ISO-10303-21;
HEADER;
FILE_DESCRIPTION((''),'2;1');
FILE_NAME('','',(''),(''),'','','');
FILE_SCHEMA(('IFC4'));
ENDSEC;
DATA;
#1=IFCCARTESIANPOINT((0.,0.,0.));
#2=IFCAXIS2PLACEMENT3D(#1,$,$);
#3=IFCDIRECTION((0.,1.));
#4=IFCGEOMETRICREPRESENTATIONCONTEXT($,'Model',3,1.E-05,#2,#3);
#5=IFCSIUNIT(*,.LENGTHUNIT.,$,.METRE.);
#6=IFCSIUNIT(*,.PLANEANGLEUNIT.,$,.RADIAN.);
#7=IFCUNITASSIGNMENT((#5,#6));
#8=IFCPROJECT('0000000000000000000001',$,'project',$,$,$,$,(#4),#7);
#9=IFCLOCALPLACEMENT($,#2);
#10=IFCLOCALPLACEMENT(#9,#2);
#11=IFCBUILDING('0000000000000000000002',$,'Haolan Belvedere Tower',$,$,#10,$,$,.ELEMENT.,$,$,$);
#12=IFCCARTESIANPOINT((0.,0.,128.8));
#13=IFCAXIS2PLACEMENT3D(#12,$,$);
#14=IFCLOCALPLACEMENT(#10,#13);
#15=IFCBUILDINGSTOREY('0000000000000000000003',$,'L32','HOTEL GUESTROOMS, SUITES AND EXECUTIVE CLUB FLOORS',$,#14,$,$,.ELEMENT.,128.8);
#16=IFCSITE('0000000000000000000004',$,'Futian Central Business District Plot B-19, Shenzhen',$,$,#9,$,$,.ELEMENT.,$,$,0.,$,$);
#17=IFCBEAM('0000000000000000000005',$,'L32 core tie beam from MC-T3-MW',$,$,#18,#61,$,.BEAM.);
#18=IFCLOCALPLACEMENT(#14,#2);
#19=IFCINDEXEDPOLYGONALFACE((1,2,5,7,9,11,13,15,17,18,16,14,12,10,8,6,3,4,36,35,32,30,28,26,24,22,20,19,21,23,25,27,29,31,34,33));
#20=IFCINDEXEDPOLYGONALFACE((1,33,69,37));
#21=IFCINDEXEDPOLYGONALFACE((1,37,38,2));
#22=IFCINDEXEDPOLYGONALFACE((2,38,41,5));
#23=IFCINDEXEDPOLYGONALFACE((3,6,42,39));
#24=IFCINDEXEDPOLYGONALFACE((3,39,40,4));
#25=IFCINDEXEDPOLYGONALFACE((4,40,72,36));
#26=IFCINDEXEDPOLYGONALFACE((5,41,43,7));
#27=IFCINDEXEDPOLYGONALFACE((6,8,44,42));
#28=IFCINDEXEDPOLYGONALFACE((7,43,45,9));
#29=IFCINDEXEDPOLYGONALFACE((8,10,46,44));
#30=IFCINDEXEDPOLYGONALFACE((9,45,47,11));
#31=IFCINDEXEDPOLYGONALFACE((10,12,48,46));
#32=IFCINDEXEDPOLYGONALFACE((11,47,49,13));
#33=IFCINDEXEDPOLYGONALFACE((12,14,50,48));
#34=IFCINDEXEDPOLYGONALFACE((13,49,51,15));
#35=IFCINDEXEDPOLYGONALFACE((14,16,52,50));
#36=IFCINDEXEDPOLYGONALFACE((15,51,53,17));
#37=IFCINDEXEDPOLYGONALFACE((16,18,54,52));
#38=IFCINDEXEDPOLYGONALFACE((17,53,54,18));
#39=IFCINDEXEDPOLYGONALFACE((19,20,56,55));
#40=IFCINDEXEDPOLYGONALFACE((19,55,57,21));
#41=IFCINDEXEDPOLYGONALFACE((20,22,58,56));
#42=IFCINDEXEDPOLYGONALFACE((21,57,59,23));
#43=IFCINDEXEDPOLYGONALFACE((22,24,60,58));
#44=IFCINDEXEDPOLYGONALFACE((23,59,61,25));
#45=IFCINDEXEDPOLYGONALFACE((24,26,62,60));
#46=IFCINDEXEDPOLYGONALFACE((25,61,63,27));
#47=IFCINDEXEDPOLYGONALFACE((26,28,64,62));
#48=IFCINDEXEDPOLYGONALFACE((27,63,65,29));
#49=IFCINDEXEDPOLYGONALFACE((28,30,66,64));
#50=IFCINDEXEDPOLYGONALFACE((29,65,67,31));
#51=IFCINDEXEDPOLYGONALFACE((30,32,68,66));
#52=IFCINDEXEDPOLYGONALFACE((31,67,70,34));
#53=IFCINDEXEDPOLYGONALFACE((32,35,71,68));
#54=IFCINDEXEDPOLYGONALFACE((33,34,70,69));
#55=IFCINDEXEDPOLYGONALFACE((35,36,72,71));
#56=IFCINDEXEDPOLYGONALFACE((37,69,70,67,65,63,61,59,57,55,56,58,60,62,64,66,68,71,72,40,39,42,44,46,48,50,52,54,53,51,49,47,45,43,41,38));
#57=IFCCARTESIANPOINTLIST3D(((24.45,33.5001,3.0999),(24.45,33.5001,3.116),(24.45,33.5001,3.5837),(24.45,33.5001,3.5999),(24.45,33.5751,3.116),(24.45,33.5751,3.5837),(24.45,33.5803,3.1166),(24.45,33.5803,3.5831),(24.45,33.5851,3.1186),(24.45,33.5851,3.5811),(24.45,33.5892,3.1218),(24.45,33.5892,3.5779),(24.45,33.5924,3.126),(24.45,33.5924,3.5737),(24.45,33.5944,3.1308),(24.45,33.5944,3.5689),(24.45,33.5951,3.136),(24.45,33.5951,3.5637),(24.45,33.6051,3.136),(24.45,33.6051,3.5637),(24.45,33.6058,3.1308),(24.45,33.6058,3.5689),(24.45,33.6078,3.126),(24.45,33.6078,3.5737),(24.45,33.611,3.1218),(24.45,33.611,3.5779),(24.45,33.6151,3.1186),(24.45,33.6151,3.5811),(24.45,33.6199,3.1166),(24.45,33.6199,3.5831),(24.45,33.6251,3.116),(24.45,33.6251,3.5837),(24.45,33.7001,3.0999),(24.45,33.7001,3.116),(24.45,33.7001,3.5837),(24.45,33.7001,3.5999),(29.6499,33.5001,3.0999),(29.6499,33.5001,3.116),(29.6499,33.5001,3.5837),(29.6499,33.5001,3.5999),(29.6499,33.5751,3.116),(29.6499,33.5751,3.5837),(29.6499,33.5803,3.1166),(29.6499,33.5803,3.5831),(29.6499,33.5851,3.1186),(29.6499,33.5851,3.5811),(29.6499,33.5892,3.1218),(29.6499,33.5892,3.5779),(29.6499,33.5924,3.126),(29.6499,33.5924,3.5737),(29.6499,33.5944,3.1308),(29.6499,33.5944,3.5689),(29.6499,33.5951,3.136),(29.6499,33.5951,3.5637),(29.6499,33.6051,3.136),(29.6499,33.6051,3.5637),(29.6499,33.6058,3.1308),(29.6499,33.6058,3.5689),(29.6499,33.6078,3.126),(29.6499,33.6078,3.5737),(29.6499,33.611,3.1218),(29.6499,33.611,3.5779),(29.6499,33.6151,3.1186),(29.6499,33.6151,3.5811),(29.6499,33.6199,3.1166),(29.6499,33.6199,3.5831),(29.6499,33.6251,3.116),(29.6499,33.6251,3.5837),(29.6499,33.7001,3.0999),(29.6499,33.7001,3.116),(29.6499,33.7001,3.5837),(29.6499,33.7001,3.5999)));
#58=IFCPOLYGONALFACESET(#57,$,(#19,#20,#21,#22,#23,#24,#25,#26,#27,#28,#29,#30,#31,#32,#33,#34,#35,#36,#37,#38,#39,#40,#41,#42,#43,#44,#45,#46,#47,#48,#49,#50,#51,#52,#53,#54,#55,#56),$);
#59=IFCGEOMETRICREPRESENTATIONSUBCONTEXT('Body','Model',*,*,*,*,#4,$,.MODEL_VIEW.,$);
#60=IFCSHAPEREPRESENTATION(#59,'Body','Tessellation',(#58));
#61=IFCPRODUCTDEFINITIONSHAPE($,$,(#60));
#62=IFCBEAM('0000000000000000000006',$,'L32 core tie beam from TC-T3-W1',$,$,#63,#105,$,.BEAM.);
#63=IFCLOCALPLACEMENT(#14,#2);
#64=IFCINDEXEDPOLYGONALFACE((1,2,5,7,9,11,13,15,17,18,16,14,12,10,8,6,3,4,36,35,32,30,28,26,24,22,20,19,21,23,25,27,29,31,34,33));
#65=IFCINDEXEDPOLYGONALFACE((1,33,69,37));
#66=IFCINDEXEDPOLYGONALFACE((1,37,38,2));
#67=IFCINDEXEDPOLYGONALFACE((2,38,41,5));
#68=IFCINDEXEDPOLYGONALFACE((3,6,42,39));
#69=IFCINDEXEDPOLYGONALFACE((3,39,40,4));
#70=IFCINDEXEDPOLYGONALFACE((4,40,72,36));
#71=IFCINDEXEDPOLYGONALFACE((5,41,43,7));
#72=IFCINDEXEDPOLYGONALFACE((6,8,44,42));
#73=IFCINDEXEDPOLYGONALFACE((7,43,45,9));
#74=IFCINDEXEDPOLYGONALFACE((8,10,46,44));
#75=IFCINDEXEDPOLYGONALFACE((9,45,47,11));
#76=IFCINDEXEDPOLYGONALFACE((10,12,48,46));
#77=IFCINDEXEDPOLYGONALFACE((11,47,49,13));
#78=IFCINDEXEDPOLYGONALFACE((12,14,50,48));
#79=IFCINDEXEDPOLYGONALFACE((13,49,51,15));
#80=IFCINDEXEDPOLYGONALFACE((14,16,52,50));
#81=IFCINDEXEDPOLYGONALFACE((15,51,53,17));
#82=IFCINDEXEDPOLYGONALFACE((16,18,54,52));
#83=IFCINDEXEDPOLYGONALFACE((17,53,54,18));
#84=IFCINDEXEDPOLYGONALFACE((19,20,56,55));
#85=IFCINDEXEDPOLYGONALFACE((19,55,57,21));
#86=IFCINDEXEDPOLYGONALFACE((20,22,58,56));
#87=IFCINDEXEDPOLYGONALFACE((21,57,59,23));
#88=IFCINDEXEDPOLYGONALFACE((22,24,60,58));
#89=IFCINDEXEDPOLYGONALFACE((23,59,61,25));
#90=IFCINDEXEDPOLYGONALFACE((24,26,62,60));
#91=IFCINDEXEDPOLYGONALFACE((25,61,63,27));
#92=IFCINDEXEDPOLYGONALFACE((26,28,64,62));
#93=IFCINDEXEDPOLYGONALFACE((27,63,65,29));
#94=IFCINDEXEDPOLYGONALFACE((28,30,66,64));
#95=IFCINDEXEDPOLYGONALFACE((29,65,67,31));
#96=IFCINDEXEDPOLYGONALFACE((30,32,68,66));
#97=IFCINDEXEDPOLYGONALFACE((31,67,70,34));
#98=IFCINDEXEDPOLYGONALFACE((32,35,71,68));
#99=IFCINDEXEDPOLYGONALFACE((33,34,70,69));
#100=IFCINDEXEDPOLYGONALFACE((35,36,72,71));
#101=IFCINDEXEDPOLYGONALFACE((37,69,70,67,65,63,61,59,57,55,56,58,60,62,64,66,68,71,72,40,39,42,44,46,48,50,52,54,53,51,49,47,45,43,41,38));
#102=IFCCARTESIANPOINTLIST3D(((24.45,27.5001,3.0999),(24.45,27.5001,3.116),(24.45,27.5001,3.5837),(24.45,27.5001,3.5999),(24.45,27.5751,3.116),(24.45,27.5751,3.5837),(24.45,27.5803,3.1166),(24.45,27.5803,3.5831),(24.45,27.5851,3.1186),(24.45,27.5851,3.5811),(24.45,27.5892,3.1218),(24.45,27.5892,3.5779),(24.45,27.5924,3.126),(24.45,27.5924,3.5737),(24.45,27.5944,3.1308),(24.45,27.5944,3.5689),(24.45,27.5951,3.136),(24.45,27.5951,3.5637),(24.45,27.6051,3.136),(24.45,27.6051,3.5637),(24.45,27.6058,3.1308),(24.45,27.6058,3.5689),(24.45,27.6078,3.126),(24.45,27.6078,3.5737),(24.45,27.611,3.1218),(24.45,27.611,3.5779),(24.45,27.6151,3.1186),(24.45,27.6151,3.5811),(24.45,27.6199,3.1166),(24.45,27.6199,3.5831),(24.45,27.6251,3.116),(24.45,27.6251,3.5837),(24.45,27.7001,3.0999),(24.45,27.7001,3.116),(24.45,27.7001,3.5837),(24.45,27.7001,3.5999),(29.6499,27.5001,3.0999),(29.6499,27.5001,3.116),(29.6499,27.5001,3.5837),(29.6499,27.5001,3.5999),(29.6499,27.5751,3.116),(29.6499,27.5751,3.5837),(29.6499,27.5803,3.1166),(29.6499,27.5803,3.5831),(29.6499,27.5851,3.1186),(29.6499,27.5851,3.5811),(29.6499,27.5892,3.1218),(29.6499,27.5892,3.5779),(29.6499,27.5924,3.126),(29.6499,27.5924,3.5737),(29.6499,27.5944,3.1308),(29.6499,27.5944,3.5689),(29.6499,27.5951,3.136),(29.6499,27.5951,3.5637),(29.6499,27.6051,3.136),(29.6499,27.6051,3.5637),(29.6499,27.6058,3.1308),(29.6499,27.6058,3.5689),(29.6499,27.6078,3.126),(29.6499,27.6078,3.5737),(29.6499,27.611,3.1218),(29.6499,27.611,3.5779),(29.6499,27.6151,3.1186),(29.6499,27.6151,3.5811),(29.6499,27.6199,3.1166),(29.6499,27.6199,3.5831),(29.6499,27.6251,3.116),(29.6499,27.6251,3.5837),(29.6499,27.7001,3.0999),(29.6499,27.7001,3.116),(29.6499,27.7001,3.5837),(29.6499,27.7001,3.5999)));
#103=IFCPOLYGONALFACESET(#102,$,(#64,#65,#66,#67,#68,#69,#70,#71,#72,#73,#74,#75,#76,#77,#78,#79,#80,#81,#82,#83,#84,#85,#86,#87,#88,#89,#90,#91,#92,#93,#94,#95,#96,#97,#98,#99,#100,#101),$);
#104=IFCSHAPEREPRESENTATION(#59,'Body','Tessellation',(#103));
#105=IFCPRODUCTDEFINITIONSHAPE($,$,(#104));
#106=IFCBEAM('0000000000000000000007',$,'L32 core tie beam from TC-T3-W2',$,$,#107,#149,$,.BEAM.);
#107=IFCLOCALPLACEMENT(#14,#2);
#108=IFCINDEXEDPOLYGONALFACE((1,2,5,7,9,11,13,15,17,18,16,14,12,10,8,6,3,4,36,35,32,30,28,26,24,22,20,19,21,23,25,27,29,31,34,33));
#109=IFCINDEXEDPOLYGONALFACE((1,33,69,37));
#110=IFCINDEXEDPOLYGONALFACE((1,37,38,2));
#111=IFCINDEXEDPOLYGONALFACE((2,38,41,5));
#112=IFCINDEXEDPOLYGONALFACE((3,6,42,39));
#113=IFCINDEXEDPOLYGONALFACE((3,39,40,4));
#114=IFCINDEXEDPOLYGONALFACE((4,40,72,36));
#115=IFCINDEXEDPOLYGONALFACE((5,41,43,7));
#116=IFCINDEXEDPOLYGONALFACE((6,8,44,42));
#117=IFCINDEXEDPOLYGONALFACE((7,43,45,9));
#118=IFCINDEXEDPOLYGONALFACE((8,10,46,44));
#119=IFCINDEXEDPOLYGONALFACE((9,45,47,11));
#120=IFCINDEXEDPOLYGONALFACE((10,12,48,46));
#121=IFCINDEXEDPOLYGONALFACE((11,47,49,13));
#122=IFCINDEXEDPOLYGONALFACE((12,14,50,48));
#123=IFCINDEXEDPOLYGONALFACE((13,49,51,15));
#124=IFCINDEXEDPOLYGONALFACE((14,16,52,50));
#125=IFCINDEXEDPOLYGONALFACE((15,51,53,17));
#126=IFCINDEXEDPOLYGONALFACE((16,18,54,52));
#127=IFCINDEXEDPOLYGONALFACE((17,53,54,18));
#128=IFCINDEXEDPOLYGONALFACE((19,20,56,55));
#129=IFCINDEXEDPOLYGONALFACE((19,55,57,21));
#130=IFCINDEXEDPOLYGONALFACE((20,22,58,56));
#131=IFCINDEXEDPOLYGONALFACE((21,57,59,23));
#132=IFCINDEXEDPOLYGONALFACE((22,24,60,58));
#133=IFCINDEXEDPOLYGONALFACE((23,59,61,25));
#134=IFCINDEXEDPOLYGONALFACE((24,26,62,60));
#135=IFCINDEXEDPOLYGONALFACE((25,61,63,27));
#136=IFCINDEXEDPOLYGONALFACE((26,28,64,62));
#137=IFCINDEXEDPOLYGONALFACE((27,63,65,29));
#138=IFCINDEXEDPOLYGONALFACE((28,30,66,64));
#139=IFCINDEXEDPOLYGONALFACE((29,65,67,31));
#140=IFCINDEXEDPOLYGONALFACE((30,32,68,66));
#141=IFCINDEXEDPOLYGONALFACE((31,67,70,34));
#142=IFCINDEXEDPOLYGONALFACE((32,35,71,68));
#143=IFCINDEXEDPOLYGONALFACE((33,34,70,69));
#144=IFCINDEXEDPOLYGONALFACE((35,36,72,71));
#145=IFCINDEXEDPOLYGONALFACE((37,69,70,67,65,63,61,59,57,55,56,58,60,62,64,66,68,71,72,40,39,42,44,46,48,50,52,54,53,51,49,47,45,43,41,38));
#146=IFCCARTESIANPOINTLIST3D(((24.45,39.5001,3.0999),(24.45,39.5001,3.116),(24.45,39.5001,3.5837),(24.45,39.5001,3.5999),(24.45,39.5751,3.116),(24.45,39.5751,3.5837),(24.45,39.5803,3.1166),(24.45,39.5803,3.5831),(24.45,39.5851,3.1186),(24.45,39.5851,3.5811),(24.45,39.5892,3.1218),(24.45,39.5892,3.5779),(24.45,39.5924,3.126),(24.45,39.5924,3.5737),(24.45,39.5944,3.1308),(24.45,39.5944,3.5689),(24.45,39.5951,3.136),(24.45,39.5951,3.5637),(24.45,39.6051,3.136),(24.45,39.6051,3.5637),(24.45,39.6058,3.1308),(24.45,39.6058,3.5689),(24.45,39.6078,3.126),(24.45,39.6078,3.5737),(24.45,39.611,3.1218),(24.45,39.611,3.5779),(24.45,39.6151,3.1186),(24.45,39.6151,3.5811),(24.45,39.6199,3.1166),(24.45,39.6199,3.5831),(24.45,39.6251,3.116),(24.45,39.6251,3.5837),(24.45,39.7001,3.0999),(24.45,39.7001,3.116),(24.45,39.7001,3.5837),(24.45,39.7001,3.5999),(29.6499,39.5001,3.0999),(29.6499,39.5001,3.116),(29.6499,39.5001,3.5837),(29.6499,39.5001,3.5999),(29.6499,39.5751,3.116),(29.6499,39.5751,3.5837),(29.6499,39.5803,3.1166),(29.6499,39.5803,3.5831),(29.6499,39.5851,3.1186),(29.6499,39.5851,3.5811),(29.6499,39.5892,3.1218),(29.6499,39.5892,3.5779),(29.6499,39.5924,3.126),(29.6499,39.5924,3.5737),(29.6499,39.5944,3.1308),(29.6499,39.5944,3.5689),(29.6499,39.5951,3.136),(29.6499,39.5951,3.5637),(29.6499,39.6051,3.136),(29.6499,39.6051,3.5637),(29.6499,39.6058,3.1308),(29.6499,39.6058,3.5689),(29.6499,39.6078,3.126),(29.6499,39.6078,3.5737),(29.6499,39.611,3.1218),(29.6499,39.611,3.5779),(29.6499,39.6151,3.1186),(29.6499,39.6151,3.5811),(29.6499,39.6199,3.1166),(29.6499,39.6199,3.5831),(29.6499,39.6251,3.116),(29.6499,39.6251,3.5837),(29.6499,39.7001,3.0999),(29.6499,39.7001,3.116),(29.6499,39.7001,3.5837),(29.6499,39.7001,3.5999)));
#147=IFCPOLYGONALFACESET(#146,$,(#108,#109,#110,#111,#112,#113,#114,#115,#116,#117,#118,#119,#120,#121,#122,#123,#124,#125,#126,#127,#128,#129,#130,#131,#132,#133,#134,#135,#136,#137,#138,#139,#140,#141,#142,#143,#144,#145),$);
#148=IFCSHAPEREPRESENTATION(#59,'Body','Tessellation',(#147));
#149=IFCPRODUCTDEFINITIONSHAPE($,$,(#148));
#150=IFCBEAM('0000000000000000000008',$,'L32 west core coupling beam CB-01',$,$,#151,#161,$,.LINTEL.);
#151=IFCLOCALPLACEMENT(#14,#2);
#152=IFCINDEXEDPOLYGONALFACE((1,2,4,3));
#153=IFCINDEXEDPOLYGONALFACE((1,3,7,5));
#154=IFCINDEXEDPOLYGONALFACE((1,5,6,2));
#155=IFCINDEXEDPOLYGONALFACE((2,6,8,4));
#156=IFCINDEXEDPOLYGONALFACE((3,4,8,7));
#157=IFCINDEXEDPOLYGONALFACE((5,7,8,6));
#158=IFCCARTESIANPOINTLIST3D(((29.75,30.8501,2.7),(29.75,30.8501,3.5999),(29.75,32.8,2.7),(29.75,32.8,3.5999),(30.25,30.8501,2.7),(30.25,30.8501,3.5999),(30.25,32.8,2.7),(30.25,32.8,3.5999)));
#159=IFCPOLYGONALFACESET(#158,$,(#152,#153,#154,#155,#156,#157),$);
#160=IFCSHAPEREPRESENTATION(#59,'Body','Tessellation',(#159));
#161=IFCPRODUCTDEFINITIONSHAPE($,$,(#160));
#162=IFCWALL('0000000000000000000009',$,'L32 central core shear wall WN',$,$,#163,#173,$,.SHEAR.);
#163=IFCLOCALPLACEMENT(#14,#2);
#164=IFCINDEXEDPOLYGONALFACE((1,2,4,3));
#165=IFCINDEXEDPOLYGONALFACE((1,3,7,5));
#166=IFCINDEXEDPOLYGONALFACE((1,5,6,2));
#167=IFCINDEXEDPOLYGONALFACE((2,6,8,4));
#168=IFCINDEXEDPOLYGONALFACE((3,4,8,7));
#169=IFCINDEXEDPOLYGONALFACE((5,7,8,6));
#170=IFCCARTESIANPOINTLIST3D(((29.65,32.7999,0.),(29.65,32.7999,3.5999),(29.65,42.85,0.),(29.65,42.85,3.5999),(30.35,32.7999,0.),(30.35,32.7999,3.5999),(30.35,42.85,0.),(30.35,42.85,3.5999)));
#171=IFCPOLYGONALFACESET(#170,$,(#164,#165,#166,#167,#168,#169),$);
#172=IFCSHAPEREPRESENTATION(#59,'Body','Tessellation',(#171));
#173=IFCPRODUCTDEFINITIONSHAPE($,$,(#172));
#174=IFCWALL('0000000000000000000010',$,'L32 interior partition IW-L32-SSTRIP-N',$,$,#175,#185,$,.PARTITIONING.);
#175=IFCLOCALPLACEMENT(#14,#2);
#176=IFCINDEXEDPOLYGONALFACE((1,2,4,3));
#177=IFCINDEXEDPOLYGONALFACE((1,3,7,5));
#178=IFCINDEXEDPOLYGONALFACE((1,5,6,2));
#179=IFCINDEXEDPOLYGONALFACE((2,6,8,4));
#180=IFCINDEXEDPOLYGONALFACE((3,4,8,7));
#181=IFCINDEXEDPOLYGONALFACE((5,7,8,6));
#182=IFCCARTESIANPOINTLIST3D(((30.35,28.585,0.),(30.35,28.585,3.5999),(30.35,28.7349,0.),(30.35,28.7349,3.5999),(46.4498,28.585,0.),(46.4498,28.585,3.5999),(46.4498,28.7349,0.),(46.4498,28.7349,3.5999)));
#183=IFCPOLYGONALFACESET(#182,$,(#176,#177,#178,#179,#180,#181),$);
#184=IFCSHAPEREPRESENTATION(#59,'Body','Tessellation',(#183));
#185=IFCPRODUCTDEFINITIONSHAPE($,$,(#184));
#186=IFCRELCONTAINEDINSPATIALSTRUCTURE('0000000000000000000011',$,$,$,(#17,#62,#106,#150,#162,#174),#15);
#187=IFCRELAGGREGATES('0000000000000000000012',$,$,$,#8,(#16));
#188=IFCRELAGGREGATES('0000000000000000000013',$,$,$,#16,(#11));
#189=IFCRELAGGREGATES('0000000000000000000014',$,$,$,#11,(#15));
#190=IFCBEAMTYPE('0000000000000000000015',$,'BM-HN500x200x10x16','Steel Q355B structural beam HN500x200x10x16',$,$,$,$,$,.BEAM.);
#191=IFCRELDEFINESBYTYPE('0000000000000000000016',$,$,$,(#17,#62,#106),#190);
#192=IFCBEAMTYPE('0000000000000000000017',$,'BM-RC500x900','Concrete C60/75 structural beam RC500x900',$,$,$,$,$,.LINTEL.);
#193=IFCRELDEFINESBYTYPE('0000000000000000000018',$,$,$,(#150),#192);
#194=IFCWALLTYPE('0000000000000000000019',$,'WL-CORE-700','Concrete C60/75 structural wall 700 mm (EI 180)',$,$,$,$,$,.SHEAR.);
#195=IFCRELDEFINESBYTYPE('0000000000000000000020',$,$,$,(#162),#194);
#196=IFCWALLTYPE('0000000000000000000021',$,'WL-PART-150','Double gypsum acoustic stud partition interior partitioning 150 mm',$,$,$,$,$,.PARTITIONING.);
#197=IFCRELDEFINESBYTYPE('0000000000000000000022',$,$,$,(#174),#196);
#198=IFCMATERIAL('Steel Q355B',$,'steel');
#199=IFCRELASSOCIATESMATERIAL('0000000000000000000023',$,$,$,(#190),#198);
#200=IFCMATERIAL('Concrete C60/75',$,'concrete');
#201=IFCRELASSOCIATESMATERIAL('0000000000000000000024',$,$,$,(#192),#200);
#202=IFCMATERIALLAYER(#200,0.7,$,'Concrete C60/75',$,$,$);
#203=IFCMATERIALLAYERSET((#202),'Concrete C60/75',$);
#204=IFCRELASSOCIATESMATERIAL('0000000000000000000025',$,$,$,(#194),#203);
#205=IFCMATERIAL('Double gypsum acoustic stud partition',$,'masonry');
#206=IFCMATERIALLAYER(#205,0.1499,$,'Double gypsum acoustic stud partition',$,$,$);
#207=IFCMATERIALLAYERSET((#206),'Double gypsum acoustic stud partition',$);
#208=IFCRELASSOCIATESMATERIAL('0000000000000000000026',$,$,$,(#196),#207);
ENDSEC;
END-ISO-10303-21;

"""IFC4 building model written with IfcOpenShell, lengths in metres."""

from ifc_helpers import new_model, si_unit, direction, frame, frame_2d, origin, origin_2d, place, context, subcontext, project, spatial, rectangle, i_section, extrude, material, layer, layer_set, material_profile, profile_set, type_object, element, save


model = new_model("IFC4")

# Units and contexts
model_context = context("Model", 3, precision=1e-05, world=origin(), true_north=direction((0.0, 1.0)))
body_context = subcontext(model_context, "Body", "Model", "MODEL_VIEW")
ifc_project = project(units=[si_unit("LENGTHUNIT", "METRE"), si_unit("PLANEANGLEUNIT", "RADIAN")], contexts=[model_context])

# Site, building, storey
site_placement = place(None, origin())
site = spatial("IfcSite", under=ifc_project, at=site_placement, Name="Futian Central Business District Plot B-19, Shenzhen", CompositionType="ELEMENT", RefElevation=0.0)
building_placement = place(site_placement, origin())
building = spatial("IfcBuilding", under=site, at=building_placement, Name="Haolan Belvedere Tower", CompositionType="ELEMENT")
storey_placement = place(building_placement, frame((0.0, 0.0, 128.8)))
storey = spatial("IfcBuildingStorey", under=building, at=storey_placement, Name="L32", Description="HOTEL GUESTROOMS, SUITES AND EXECUTIVE CLUB FLOORS", CompositionType="ELEMENT", Elevation=128.8)

# Beams
ifc_material_1 = material(Name="Steel Q355B", Category="steel")
ifc_material_profile_1 = material_profile(ifc_material_1, i_section(OverallWidth=0.2, OverallDepth=0.5, WebThickness=0.01, FlangeThickness=0.0161, FilletRadius=0.02, at=origin_2d()), Name="Steel Q355B")
ifc_profile_set_1 = profile_set([ifc_material_profile_1], Name="Steel Q355B")
beam_type_1 = type_object("IfcBeamType", Name="BM-HN500x200x10x16", Description="Steel Q355B structural beam HN500x200x10x16", PredefinedType="BEAM", material=ifc_profile_set_1)
for number, where, z_axis, x_axis, name in (
    (1, (24.45, 33.6001, 3.3499), (1.0, 0.0, 0.0), (0.0, 1.0, 0.0), "L32 core tie beam from MC-T3-MW"),
    (2, (24.45, 27.6001, 3.3499), (1.0, 0.0, 0.0), (0.0, 1.0, 0.0), "L32 core tie beam from TC-T3-W1"),
    (3, (24.45, 39.6001, 3.3499), (1.0, 0.0, 0.0), (0.0, 1.0, 0.0), "L32 core tie beam from TC-T3-W2"),
):
    element("IfcBeam", number, at=place(storey_placement, frame(where, z_axis=z_axis, x_axis=x_axis)), inside=storey, type_object=beam_type_1, Name=name, PredefinedType="BEAM", context=body_context, shape_type="SweptSolid", body=[
        extrude(i_section(OverallWidth=0.2, OverallDepth=0.5, WebThickness=0.01, FlangeThickness=0.0161, FilletRadius=0.02, at=origin_2d()), origin(), (0.0, 0.0, 1.0), 5.2),
    ])
ifc_material_2 = material(Name="Concrete C60/75", Category="concrete")
ifc_material_profile_2 = material_profile(ifc_material_2, rectangle(XDim=0.5, YDim=0.8999, at=origin_2d()), Name="Concrete C60/75")
ifc_profile_set_2 = profile_set([ifc_material_profile_2], Name="Concrete C60/75")
beam_type_2 = type_object("IfcBeamType", Name="BM-RC500x900", Description="Concrete C60/75 structural beam RC500x900", PredefinedType="LINTEL", material=ifc_profile_set_2)
beam_placement = place(storey_placement, frame((30.0, 30.8501, 3.1499), z_axis=(0.0, 1.0, 0.0), x_axis=(-1.0, 0.0, 0.0)))
element("IfcBeam", 4, at=beam_placement, inside=storey, type_object=beam_type_2, Name="L32 west core coupling beam CB-01", PredefinedType="LINTEL", context=body_context, shape_type="SweptSolid", body=[
    extrude(rectangle(XDim=0.5, YDim=0.8999, at=origin_2d()), origin(), (0.0, 0.0, 1.0), 1.95),
])

# Walls
ifc_layer_1 = layer(ifc_material_2, 0.7, Name="Concrete C60/75")
ifc_layer_set_1 = layer_set([ifc_layer_1], Name="Concrete C60/75")
wall_type_1 = type_object("IfcWallType", Name="WL-CORE-700", Description="Concrete C60/75 structural wall 700 mm (EI 180)", PredefinedType="SHEAR", material=ifc_layer_set_1)
wall_1_placement = place(storey_placement, frame((30.0, 32.8, 0.0), z_axis=(0.0, 0.0, 1.0), x_axis=(0.0, 1.0, 0.0)))
element("IfcWall", 5, at=wall_1_placement, inside=storey, type_object=wall_type_1, Name="L32 central core shear wall WN", PredefinedType="SHEAR", context=body_context, shape_type="SweptSolid", body=[
    extrude(rectangle(XDim=10.05, YDim=0.7, at=frame_2d((5.0249, 0.0))), origin(), (0.0, 0.0, 1.0), 3.5999),
])
ifc_material_3 = material(Name="Double gypsum acoustic stud partition", Category="masonry")
ifc_layer_2 = layer(ifc_material_3, 0.1499, Name="Double gypsum acoustic stud partition")
ifc_layer_set_2 = layer_set([ifc_layer_2], Name="Double gypsum acoustic stud partition")
wall_type_2 = type_object("IfcWallType", Name="WL-PART-150", Description="Double gypsum acoustic stud partition interior partitioning 150 mm", PredefinedType="PARTITIONING", material=ifc_layer_set_2)
wall_2_placement = place(storey_placement, frame((30.3501, 28.6599, 0.0), z_axis=(0.0, 0.0, 1.0), x_axis=(1.0, 0.0, 0.0)))
element("IfcWall", 6, at=wall_2_placement, inside=storey, type_object=wall_type_2, Name="L32 interior partition IW-L32-SSTRIP-N", PredefinedType="PARTITIONING", context=body_context, shape_type="SweptSolid", body=[
    extrude(rectangle(XDim=16.0999, YDim=0.1499, at=frame_2d((8.0498, 0.0))), origin(), (0.0, 0.0, 1.0), 3.5999),
])

save(model, "model.ifc")
